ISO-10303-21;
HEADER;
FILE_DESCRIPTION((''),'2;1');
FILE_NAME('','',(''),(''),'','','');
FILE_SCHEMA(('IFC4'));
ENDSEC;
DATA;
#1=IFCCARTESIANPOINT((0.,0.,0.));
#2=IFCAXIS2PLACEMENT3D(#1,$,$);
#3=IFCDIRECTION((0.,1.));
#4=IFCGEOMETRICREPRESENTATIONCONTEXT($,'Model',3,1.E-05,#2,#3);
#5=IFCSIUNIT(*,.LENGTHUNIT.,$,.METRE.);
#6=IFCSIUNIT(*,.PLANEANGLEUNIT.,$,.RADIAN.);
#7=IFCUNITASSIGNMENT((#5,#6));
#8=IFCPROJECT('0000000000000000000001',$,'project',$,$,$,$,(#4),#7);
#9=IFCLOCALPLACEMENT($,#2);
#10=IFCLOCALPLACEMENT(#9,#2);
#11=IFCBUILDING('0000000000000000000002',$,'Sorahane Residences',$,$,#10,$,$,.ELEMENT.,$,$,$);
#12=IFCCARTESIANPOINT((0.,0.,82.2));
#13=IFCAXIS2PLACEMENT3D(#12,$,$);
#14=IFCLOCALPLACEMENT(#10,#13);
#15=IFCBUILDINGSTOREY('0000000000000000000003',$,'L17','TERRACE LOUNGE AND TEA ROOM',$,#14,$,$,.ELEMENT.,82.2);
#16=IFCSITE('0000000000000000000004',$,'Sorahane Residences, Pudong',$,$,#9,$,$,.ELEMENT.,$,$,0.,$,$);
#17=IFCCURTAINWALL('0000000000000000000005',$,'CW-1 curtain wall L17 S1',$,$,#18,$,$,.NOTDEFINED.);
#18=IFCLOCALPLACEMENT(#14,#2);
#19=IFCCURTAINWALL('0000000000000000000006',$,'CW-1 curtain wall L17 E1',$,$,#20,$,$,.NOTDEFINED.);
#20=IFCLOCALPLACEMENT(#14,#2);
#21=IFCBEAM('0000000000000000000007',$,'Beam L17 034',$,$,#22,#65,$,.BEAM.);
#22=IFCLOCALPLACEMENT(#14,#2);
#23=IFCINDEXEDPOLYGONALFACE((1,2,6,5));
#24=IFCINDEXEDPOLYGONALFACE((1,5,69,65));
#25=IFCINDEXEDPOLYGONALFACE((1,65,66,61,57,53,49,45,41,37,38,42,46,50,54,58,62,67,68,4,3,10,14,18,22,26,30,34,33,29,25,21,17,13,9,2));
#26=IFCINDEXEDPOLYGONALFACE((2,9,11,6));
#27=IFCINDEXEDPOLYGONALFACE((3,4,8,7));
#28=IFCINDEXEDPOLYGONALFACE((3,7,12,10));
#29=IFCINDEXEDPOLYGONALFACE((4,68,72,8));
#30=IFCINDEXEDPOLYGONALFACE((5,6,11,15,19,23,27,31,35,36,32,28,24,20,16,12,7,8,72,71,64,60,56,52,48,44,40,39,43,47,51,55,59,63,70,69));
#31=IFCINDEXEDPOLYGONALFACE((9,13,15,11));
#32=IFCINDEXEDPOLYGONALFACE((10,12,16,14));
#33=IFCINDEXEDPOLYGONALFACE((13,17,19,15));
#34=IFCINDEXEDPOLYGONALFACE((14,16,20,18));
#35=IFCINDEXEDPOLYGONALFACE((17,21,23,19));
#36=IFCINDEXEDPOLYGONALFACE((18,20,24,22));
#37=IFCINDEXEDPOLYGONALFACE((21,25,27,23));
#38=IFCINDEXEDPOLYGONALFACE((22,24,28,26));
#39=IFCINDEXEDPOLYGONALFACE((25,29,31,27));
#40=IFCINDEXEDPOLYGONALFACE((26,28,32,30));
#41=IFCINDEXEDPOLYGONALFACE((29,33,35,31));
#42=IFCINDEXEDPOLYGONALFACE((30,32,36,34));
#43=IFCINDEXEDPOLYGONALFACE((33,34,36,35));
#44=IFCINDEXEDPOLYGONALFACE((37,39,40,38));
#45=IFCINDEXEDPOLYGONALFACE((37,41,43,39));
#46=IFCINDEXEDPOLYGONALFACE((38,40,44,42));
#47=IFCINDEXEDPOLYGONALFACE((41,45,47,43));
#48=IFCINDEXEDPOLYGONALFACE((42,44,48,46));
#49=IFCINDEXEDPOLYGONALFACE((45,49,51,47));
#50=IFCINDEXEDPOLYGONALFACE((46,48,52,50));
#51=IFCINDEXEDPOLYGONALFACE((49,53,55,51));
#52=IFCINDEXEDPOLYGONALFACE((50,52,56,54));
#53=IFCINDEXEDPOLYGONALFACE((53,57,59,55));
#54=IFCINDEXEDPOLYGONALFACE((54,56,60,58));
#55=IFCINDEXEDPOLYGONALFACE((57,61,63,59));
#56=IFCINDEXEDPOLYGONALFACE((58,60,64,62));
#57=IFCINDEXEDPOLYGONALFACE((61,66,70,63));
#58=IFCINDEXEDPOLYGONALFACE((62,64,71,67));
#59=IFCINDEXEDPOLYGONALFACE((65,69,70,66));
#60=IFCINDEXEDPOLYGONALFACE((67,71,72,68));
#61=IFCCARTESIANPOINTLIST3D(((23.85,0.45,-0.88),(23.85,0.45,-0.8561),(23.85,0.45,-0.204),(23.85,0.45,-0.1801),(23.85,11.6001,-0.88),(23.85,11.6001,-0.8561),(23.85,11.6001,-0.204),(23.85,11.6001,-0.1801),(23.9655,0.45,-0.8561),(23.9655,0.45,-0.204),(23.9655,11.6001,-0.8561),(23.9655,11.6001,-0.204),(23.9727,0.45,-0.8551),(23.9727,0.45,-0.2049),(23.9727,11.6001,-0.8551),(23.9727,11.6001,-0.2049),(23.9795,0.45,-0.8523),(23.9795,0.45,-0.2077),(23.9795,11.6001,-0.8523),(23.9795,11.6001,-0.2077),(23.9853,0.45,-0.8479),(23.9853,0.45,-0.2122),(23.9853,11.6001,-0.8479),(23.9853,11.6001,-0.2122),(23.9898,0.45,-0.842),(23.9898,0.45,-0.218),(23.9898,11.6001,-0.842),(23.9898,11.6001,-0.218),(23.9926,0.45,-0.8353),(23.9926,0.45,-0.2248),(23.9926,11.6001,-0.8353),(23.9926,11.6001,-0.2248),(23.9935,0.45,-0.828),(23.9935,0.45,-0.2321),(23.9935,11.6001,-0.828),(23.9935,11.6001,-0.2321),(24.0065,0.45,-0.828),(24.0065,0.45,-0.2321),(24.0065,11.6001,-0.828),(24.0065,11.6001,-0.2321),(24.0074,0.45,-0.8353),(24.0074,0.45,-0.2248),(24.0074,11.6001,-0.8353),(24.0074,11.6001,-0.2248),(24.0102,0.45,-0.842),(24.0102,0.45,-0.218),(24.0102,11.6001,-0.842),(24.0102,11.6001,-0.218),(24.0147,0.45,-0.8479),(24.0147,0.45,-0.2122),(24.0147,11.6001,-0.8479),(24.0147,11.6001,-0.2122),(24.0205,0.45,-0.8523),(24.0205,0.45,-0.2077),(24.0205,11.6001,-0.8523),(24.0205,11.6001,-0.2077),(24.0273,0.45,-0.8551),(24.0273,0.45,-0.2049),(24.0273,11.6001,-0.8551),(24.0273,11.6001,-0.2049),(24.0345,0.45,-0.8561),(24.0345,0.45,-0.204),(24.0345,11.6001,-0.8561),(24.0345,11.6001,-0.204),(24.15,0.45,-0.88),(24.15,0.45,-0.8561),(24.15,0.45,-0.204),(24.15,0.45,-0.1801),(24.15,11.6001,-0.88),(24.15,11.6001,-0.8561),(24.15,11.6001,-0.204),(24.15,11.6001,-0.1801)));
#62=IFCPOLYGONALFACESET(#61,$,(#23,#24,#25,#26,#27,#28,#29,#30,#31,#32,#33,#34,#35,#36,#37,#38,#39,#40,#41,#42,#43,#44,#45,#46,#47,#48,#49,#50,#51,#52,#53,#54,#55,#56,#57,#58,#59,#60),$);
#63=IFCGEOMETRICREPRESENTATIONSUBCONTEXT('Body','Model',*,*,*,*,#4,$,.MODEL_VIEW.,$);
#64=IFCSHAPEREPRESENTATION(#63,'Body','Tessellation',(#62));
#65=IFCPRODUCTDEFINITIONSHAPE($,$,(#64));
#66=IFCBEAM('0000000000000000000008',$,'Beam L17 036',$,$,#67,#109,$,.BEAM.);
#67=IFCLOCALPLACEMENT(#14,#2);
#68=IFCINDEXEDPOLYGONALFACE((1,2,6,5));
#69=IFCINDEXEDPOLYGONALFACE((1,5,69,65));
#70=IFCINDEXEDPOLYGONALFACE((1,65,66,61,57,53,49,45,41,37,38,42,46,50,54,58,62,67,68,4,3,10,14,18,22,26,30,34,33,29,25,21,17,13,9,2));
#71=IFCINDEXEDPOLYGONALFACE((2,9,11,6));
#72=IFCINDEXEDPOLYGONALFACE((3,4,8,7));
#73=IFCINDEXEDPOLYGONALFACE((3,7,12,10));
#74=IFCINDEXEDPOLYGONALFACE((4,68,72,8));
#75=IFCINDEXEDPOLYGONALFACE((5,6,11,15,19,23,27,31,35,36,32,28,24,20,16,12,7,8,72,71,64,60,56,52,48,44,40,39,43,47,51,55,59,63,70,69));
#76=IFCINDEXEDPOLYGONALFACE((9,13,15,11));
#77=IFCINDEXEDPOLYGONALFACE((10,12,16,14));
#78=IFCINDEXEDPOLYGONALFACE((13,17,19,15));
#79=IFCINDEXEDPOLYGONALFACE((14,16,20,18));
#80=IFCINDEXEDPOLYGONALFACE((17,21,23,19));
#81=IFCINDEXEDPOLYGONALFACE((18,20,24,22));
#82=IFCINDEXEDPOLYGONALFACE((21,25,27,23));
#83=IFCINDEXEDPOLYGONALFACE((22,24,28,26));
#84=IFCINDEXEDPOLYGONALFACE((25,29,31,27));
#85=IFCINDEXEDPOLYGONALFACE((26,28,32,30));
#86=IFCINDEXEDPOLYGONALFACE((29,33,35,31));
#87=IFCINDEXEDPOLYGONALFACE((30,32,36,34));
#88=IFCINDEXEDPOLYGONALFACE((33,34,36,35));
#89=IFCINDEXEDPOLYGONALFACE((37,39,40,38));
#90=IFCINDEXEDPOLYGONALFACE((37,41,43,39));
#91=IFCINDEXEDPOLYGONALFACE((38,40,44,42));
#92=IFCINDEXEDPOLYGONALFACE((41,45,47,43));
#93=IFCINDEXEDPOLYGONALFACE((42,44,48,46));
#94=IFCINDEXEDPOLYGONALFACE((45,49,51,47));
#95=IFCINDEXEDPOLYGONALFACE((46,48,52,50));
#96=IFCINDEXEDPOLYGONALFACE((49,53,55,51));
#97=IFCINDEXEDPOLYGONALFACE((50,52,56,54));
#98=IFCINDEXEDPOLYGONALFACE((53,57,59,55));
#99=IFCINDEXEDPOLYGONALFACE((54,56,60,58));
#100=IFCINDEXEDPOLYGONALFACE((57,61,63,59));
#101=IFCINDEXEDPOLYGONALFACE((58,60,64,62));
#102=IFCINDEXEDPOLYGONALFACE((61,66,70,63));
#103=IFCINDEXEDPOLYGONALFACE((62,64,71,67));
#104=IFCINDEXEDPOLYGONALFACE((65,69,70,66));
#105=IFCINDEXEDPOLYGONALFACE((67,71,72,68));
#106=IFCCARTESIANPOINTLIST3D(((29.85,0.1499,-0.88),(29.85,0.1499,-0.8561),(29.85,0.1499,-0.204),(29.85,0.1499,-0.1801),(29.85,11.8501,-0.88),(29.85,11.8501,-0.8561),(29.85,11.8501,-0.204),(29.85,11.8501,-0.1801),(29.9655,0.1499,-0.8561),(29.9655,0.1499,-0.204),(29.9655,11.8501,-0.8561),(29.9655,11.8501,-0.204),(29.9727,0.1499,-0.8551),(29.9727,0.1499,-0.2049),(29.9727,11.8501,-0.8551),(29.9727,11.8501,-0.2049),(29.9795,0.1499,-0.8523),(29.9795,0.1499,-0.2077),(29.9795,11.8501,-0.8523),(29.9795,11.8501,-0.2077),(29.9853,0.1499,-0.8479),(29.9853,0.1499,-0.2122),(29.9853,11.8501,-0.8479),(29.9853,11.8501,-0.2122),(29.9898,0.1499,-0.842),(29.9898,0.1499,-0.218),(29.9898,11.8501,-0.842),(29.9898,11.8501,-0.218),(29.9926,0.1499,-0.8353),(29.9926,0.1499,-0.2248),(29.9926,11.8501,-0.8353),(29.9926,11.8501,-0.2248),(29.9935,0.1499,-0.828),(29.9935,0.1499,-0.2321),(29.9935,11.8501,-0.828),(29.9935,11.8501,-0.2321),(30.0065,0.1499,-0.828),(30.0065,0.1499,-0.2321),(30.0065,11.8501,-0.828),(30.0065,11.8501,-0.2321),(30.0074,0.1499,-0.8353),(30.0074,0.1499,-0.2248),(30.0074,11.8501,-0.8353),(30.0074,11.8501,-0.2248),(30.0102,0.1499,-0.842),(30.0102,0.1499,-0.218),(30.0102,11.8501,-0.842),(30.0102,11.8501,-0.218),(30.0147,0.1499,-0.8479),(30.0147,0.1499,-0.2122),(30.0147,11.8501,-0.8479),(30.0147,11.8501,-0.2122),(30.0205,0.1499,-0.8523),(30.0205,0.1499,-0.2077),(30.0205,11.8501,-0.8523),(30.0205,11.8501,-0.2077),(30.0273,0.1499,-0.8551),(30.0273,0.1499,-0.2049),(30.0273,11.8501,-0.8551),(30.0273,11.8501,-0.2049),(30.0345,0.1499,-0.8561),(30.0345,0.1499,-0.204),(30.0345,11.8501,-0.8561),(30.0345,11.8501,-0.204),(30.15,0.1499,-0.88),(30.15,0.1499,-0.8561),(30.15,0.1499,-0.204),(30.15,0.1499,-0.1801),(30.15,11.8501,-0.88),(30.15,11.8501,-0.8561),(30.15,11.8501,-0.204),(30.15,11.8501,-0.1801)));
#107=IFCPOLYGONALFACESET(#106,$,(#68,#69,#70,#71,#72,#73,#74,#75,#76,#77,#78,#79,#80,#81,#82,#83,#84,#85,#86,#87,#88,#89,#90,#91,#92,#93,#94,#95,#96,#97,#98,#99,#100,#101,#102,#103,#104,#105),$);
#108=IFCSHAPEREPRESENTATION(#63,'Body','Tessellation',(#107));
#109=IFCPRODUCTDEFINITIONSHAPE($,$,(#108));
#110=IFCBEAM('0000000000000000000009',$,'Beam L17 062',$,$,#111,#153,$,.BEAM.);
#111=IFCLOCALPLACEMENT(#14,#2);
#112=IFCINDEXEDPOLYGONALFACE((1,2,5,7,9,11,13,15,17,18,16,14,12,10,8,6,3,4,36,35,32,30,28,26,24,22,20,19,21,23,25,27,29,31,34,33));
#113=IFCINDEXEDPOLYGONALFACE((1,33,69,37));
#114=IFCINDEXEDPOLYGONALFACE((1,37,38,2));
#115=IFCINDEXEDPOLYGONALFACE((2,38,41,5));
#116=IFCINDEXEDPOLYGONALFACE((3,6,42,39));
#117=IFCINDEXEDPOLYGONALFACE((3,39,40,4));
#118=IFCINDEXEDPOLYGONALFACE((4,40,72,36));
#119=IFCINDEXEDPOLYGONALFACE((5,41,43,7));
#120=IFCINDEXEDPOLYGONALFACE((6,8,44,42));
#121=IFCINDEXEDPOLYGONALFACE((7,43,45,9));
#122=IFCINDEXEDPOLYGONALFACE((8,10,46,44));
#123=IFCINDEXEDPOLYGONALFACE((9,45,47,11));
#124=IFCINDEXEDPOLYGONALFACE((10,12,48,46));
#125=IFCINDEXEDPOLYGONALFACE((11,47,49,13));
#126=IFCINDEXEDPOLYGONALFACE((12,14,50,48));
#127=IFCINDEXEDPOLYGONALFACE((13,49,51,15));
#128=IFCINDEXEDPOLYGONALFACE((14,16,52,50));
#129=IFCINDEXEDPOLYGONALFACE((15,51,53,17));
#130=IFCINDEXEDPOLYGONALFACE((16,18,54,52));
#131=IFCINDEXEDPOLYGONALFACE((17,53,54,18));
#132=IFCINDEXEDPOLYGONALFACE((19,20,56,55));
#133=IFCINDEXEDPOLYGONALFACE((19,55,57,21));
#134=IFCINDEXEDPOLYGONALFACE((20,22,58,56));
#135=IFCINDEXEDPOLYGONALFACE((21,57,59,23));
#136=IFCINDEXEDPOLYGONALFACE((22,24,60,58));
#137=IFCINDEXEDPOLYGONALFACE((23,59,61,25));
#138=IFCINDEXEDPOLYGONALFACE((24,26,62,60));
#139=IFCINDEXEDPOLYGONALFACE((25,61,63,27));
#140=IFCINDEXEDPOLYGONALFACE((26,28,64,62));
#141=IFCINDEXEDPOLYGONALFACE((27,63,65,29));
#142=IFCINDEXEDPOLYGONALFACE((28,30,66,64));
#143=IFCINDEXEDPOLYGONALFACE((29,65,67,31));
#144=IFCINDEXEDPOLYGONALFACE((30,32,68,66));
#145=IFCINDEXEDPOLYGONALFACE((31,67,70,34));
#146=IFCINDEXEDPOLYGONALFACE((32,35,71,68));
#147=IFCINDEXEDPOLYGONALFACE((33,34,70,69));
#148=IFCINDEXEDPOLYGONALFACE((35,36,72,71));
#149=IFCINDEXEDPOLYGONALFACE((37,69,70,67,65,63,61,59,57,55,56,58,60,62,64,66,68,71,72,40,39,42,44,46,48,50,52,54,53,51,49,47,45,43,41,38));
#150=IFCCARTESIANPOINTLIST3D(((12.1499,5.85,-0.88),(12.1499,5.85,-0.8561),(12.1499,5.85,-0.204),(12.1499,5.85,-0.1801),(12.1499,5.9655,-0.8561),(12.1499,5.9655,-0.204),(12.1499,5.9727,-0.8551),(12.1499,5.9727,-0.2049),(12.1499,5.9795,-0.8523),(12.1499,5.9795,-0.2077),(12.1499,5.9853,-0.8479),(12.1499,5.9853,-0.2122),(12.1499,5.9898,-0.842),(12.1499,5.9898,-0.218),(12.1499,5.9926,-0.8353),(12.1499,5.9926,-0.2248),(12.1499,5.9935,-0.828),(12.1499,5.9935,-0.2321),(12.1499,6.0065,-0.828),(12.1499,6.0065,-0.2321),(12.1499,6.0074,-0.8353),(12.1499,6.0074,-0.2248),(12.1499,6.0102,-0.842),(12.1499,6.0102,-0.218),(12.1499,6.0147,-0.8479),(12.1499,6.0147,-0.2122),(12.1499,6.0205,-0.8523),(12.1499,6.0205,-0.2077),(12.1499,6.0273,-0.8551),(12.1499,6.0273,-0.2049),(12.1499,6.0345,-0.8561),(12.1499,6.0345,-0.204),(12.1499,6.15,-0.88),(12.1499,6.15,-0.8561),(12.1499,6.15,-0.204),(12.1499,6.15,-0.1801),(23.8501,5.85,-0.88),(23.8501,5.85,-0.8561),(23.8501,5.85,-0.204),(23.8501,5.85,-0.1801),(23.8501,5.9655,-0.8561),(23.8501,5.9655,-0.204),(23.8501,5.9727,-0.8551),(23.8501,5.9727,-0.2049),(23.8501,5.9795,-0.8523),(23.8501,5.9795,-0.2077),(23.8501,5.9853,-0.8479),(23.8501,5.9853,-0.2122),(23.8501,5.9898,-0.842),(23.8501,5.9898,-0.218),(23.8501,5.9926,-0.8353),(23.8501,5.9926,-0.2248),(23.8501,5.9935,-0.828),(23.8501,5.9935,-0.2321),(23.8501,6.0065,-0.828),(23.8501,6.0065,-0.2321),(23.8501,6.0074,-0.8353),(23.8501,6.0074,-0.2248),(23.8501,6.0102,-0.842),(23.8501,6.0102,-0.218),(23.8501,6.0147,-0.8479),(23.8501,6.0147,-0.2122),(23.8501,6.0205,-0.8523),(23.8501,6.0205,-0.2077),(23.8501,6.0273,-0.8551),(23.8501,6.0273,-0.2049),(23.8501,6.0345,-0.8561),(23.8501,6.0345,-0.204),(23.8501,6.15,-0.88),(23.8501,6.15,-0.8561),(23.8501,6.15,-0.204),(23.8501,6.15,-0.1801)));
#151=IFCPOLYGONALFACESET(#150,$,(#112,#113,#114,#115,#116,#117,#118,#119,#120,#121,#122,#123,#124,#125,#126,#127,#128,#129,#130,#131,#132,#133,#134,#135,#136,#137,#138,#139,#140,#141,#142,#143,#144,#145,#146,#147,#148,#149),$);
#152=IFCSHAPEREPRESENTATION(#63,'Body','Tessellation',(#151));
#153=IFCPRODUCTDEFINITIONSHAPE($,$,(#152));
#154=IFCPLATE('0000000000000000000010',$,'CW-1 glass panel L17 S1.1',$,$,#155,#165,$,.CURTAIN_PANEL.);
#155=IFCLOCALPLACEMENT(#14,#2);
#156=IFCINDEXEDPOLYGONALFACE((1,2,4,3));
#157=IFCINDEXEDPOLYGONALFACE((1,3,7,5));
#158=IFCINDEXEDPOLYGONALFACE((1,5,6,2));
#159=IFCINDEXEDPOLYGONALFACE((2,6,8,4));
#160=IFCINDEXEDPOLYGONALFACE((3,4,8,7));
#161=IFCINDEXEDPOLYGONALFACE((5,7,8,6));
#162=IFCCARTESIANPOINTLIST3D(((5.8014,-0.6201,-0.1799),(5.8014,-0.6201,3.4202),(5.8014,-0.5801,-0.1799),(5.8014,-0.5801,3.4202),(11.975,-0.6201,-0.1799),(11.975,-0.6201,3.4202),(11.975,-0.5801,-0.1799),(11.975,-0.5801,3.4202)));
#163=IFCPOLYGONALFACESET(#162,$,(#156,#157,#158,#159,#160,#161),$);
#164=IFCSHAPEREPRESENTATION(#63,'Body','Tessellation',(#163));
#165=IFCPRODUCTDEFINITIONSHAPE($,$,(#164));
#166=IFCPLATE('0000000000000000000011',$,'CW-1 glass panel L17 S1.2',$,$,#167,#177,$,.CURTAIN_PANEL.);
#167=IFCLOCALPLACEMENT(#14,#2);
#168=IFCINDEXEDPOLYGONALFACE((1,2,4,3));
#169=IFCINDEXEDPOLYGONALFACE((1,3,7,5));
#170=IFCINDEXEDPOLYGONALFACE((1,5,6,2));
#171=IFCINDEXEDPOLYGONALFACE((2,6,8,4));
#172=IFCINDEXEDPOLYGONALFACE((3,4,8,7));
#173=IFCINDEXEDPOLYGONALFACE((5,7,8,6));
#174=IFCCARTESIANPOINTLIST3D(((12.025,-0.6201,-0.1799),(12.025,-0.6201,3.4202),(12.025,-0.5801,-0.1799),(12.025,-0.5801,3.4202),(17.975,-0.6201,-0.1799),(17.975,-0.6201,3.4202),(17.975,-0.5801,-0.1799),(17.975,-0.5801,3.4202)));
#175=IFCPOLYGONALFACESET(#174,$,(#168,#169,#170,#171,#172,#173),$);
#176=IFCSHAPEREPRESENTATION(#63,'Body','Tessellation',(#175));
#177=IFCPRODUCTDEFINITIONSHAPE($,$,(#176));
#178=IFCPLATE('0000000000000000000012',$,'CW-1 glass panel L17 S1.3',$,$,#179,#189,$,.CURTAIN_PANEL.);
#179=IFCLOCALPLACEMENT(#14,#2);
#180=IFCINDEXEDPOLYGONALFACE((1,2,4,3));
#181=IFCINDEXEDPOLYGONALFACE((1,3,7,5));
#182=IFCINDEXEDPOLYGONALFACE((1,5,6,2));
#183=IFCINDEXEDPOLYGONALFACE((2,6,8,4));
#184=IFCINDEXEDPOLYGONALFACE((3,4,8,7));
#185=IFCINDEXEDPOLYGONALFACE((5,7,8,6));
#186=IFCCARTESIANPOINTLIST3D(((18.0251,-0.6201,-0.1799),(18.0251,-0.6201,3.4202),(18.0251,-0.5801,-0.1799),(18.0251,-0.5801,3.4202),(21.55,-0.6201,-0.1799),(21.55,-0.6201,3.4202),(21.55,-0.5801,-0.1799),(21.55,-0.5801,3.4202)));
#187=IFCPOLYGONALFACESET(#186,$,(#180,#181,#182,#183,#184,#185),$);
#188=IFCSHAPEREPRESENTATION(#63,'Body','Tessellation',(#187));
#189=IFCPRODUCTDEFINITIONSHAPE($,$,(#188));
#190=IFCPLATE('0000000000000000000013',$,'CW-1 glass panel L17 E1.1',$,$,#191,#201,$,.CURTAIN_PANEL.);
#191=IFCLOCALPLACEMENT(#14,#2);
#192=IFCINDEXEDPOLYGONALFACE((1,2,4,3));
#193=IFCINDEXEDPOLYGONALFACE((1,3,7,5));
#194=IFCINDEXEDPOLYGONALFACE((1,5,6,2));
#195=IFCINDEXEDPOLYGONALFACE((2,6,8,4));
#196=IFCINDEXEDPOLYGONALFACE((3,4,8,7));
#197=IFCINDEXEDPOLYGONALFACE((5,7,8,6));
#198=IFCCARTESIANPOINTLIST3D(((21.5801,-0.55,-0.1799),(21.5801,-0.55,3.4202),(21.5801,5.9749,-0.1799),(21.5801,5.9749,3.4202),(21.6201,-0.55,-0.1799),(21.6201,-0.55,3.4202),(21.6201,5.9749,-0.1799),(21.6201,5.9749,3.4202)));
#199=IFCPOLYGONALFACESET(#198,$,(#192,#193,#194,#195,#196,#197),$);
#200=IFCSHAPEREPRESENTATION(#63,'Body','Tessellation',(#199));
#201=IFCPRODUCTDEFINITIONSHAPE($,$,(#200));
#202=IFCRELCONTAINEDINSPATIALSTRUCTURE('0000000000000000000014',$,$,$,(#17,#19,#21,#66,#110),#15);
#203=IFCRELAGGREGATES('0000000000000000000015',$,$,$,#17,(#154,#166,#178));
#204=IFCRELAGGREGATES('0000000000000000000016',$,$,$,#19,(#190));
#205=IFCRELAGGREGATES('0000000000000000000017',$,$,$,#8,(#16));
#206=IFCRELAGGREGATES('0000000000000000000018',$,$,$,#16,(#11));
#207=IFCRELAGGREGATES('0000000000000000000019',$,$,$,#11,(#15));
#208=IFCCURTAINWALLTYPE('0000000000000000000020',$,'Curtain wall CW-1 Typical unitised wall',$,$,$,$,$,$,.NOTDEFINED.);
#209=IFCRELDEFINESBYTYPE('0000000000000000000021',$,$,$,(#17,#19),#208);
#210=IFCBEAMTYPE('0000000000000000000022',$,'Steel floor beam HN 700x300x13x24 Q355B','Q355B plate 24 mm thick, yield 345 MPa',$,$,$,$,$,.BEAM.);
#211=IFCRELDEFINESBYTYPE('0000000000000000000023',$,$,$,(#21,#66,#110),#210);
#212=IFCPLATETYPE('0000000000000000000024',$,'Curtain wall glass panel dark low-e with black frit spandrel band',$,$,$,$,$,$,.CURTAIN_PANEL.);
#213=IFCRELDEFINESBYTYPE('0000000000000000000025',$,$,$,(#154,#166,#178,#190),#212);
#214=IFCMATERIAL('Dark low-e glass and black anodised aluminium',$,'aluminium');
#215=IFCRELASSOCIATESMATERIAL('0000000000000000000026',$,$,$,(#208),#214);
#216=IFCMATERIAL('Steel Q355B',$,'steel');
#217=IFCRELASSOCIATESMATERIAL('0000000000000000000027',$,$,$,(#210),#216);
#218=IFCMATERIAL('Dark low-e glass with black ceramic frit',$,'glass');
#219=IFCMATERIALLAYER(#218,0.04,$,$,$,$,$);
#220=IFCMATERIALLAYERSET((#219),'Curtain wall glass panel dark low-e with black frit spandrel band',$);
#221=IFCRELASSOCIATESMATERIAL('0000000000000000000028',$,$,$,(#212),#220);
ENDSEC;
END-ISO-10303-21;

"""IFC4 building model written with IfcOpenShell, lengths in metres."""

from ifc_helpers import new_model, si_unit, direction, frame, origin, origin_2d, place, context, subcontext, project, spatial, rectangle, i_section, extrude, material, layer, layer_set, material_profile, profile_set, type_object, element, aggregate, save


model = new_model("IFC4")

# Units and contexts
model_context = context("Model", 3, precision=1e-05, world=origin(), true_north=direction((0.0, 1.0)))
body_context = subcontext(model_context, "Body", "Model", "MODEL_VIEW")
ifc_project = project(units=[si_unit("LENGTHUNIT", "METRE"), si_unit("PLANEANGLEUNIT", "RADIAN")], contexts=[model_context])

# Site, building, storey
site_placement = place(None, origin())
site = spatial("IfcSite", under=ifc_project, at=site_placement, Name="Sorahane Residences, Pudong", CompositionType="ELEMENT", RefElevation=0.0)
building_placement = place(site_placement, origin())
building = spatial("IfcBuilding", under=site, at=building_placement, Name="Sorahane Residences", CompositionType="ELEMENT")
storey_placement = place(building_placement, frame((0.0, 0.0, 82.2)))
storey = spatial("IfcBuildingStorey", under=building, at=storey_placement, Name="L17", Description="TERRACE LOUNGE AND TEA ROOM", CompositionType="ELEMENT", Elevation=82.2)

# Curtain walls
ifc_material_1 = material(Name="Dark low-e glass and black anodised aluminium", Category="aluminium")
curtain_wall_type = type_object("IfcCurtainWallType", Name="Curtain wall CW-1 Typical unitised wall", PredefinedType="NOTDEFINED", material=ifc_material_1)
curtain_wall_1_placement = place(storey_placement, origin())
curtain_wall_1 = element("IfcCurtainWall", 1, at=curtain_wall_1_placement, inside=storey, type_object=curtain_wall_type, Name="CW-1 curtain wall L17 S1", PredefinedType="NOTDEFINED")
curtain_wall_2_placement = place(storey_placement, origin())
curtain_wall_2 = element("IfcCurtainWall", 2, at=curtain_wall_2_placement, inside=storey, type_object=curtain_wall_type, Name="CW-1 curtain wall L17 E1", PredefinedType="NOTDEFINED")

# Beams
ifc_material_2 = material(Name="Steel Q355B", Category="steel")
ifc_material_profile_1 = material_profile(ifc_material_2, i_section(OverallWidth=0.3, OverallDepth=0.7, WebThickness=0.0129, FlangeThickness=0.0239, FilletRadius=0.0281, at=origin_2d()), Name="HN 700x300x13x24")
ifc_profile_set_1 = profile_set([ifc_material_profile_1], Name="Steel Q355B")
beam_type_1 = type_object("IfcBeamType", Name="Steel floor beam HN 700x300x13x24 Q355B", Description="Q355B plate 24 mm thick, yield 345 MPa", PredefinedType="BEAM", material=ifc_profile_set_1)
for number, where, z_axis, x_axis, name in (
    (3, (24.0, 0.45, -0.53), (0.0, 1.0, 0.0), (-1.0, 0.0, 0.0), "Beam L17 034"),
):
    element("IfcBeam", number, at=place(storey_placement, frame(where, z_axis=z_axis, x_axis=x_axis)), inside=storey, type_object=beam_type_1, Name=name, PredefinedType="BEAM", context=body_context, shape_type="SweptSolid", body=[
        extrude(i_section(OverallWidth=0.3, OverallDepth=0.7, WebThickness=0.0129, FlangeThickness=0.0239, FilletRadius=0.0281, at=origin_2d()), origin(), (0.0, 0.0, 1.0), 11.1501),
    ])
for number, where, z_axis, x_axis, name in (
    (4, (30.0, 0.1499, -0.53), (0.0, 1.0, 0.0), (-1.0, 0.0, 0.0), "Beam L17 036"),
    (5, (12.1499, 6.0, -0.53), (1.0, 0.0, 0.0), (0.0, 1.0, 0.0), "Beam L17 062"),
):
    element("IfcBeam", number, at=place(storey_placement, frame(where, z_axis=z_axis, x_axis=x_axis)), inside=storey, type_object=beam_type_1, Name=name, PredefinedType="BEAM", context=body_context, shape_type="SweptSolid", body=[
        extrude(i_section(OverallWidth=0.3, OverallDepth=0.7, WebThickness=0.0129, FlangeThickness=0.0239, FilletRadius=0.0281, at=origin_2d()), origin(), (0.0, 0.0, 1.0), 11.7002),
    ])

# Plates
ifc_material_3 = material(Name="Dark low-e glass with black ceramic frit", Category="glass")
ifc_layer = layer(ifc_material_3, 0.04)
ifc_layer_set = layer_set([ifc_layer], Name="Curtain wall glass panel dark low-e with black frit spandrel band")
plate_type = type_object("IfcPlateType", Name="Curtain wall glass panel dark low-e with black frit spandrel band", PredefinedType="CURTAIN_PANEL", material=ifc_layer_set)
plate_1_placement = place(storey_placement, frame((8.8882, -0.6001, -0.1799), z_axis=(0.0, 0.0, 1.0), x_axis=(1.0, 0.0, 0.0)))
plate_1 = element("IfcPlate", 6, at=plate_1_placement, type_object=plate_type, Name="CW-1 glass panel L17 S1.1", PredefinedType="CURTAIN_PANEL", context=body_context, shape_type="SweptSolid", body=[
    extrude(rectangle(XDim=6.1736, YDim=0.04, at=origin_2d()), origin(), (0.0, 0.0, 1.0), 3.6001),
])
plate_2_placement = place(storey_placement, frame((15.0, -0.6001, -0.1799), z_axis=(0.0, 0.0, 1.0), x_axis=(1.0, 0.0, 0.0)))
plate_2 = element("IfcPlate", 7, at=plate_2_placement, type_object=plate_type, Name="CW-1 glass panel L17 S1.2", PredefinedType="CURTAIN_PANEL", context=body_context, shape_type="SweptSolid", body=[
    extrude(rectangle(XDim=5.95, YDim=0.04, at=origin_2d()), origin(), (0.0, 0.0, 1.0), 3.6001),
])
plate_3_placement = place(storey_placement, frame((19.7876, -0.6001, -0.1799), z_axis=(0.0, 0.0, 1.0), x_axis=(1.0, 0.0, 0.0)))
plate_3 = element("IfcPlate", 8, at=plate_3_placement, type_object=plate_type, Name="CW-1 glass panel L17 S1.3", PredefinedType="CURTAIN_PANEL", context=body_context, shape_type="SweptSolid", body=[
    extrude(rectangle(XDim=3.5249, YDim=0.04, at=origin_2d()), origin(), (0.0, 0.0, 1.0), 3.6001),
])
aggregate(curtain_wall_1, [plate_1, plate_2, plate_3])
plate_4_placement = place(storey_placement, frame((21.6001, 2.7124, -0.1799), z_axis=(0.0, 0.0, 1.0), x_axis=(0.0, 1.0, 0.0)))
plate_4 = element("IfcPlate", 9, at=plate_4_placement, type_object=plate_type, Name="CW-1 glass panel L17 E1.1", PredefinedType="CURTAIN_PANEL", context=body_context, shape_type="SweptSolid", body=[
    extrude(rectangle(XDim=6.5249, YDim=0.04, at=origin_2d()), origin(), (0.0, 0.0, 1.0), 3.6001),
])
aggregate(curtain_wall_2, [plate_4])

save(model, "model.ifc")
